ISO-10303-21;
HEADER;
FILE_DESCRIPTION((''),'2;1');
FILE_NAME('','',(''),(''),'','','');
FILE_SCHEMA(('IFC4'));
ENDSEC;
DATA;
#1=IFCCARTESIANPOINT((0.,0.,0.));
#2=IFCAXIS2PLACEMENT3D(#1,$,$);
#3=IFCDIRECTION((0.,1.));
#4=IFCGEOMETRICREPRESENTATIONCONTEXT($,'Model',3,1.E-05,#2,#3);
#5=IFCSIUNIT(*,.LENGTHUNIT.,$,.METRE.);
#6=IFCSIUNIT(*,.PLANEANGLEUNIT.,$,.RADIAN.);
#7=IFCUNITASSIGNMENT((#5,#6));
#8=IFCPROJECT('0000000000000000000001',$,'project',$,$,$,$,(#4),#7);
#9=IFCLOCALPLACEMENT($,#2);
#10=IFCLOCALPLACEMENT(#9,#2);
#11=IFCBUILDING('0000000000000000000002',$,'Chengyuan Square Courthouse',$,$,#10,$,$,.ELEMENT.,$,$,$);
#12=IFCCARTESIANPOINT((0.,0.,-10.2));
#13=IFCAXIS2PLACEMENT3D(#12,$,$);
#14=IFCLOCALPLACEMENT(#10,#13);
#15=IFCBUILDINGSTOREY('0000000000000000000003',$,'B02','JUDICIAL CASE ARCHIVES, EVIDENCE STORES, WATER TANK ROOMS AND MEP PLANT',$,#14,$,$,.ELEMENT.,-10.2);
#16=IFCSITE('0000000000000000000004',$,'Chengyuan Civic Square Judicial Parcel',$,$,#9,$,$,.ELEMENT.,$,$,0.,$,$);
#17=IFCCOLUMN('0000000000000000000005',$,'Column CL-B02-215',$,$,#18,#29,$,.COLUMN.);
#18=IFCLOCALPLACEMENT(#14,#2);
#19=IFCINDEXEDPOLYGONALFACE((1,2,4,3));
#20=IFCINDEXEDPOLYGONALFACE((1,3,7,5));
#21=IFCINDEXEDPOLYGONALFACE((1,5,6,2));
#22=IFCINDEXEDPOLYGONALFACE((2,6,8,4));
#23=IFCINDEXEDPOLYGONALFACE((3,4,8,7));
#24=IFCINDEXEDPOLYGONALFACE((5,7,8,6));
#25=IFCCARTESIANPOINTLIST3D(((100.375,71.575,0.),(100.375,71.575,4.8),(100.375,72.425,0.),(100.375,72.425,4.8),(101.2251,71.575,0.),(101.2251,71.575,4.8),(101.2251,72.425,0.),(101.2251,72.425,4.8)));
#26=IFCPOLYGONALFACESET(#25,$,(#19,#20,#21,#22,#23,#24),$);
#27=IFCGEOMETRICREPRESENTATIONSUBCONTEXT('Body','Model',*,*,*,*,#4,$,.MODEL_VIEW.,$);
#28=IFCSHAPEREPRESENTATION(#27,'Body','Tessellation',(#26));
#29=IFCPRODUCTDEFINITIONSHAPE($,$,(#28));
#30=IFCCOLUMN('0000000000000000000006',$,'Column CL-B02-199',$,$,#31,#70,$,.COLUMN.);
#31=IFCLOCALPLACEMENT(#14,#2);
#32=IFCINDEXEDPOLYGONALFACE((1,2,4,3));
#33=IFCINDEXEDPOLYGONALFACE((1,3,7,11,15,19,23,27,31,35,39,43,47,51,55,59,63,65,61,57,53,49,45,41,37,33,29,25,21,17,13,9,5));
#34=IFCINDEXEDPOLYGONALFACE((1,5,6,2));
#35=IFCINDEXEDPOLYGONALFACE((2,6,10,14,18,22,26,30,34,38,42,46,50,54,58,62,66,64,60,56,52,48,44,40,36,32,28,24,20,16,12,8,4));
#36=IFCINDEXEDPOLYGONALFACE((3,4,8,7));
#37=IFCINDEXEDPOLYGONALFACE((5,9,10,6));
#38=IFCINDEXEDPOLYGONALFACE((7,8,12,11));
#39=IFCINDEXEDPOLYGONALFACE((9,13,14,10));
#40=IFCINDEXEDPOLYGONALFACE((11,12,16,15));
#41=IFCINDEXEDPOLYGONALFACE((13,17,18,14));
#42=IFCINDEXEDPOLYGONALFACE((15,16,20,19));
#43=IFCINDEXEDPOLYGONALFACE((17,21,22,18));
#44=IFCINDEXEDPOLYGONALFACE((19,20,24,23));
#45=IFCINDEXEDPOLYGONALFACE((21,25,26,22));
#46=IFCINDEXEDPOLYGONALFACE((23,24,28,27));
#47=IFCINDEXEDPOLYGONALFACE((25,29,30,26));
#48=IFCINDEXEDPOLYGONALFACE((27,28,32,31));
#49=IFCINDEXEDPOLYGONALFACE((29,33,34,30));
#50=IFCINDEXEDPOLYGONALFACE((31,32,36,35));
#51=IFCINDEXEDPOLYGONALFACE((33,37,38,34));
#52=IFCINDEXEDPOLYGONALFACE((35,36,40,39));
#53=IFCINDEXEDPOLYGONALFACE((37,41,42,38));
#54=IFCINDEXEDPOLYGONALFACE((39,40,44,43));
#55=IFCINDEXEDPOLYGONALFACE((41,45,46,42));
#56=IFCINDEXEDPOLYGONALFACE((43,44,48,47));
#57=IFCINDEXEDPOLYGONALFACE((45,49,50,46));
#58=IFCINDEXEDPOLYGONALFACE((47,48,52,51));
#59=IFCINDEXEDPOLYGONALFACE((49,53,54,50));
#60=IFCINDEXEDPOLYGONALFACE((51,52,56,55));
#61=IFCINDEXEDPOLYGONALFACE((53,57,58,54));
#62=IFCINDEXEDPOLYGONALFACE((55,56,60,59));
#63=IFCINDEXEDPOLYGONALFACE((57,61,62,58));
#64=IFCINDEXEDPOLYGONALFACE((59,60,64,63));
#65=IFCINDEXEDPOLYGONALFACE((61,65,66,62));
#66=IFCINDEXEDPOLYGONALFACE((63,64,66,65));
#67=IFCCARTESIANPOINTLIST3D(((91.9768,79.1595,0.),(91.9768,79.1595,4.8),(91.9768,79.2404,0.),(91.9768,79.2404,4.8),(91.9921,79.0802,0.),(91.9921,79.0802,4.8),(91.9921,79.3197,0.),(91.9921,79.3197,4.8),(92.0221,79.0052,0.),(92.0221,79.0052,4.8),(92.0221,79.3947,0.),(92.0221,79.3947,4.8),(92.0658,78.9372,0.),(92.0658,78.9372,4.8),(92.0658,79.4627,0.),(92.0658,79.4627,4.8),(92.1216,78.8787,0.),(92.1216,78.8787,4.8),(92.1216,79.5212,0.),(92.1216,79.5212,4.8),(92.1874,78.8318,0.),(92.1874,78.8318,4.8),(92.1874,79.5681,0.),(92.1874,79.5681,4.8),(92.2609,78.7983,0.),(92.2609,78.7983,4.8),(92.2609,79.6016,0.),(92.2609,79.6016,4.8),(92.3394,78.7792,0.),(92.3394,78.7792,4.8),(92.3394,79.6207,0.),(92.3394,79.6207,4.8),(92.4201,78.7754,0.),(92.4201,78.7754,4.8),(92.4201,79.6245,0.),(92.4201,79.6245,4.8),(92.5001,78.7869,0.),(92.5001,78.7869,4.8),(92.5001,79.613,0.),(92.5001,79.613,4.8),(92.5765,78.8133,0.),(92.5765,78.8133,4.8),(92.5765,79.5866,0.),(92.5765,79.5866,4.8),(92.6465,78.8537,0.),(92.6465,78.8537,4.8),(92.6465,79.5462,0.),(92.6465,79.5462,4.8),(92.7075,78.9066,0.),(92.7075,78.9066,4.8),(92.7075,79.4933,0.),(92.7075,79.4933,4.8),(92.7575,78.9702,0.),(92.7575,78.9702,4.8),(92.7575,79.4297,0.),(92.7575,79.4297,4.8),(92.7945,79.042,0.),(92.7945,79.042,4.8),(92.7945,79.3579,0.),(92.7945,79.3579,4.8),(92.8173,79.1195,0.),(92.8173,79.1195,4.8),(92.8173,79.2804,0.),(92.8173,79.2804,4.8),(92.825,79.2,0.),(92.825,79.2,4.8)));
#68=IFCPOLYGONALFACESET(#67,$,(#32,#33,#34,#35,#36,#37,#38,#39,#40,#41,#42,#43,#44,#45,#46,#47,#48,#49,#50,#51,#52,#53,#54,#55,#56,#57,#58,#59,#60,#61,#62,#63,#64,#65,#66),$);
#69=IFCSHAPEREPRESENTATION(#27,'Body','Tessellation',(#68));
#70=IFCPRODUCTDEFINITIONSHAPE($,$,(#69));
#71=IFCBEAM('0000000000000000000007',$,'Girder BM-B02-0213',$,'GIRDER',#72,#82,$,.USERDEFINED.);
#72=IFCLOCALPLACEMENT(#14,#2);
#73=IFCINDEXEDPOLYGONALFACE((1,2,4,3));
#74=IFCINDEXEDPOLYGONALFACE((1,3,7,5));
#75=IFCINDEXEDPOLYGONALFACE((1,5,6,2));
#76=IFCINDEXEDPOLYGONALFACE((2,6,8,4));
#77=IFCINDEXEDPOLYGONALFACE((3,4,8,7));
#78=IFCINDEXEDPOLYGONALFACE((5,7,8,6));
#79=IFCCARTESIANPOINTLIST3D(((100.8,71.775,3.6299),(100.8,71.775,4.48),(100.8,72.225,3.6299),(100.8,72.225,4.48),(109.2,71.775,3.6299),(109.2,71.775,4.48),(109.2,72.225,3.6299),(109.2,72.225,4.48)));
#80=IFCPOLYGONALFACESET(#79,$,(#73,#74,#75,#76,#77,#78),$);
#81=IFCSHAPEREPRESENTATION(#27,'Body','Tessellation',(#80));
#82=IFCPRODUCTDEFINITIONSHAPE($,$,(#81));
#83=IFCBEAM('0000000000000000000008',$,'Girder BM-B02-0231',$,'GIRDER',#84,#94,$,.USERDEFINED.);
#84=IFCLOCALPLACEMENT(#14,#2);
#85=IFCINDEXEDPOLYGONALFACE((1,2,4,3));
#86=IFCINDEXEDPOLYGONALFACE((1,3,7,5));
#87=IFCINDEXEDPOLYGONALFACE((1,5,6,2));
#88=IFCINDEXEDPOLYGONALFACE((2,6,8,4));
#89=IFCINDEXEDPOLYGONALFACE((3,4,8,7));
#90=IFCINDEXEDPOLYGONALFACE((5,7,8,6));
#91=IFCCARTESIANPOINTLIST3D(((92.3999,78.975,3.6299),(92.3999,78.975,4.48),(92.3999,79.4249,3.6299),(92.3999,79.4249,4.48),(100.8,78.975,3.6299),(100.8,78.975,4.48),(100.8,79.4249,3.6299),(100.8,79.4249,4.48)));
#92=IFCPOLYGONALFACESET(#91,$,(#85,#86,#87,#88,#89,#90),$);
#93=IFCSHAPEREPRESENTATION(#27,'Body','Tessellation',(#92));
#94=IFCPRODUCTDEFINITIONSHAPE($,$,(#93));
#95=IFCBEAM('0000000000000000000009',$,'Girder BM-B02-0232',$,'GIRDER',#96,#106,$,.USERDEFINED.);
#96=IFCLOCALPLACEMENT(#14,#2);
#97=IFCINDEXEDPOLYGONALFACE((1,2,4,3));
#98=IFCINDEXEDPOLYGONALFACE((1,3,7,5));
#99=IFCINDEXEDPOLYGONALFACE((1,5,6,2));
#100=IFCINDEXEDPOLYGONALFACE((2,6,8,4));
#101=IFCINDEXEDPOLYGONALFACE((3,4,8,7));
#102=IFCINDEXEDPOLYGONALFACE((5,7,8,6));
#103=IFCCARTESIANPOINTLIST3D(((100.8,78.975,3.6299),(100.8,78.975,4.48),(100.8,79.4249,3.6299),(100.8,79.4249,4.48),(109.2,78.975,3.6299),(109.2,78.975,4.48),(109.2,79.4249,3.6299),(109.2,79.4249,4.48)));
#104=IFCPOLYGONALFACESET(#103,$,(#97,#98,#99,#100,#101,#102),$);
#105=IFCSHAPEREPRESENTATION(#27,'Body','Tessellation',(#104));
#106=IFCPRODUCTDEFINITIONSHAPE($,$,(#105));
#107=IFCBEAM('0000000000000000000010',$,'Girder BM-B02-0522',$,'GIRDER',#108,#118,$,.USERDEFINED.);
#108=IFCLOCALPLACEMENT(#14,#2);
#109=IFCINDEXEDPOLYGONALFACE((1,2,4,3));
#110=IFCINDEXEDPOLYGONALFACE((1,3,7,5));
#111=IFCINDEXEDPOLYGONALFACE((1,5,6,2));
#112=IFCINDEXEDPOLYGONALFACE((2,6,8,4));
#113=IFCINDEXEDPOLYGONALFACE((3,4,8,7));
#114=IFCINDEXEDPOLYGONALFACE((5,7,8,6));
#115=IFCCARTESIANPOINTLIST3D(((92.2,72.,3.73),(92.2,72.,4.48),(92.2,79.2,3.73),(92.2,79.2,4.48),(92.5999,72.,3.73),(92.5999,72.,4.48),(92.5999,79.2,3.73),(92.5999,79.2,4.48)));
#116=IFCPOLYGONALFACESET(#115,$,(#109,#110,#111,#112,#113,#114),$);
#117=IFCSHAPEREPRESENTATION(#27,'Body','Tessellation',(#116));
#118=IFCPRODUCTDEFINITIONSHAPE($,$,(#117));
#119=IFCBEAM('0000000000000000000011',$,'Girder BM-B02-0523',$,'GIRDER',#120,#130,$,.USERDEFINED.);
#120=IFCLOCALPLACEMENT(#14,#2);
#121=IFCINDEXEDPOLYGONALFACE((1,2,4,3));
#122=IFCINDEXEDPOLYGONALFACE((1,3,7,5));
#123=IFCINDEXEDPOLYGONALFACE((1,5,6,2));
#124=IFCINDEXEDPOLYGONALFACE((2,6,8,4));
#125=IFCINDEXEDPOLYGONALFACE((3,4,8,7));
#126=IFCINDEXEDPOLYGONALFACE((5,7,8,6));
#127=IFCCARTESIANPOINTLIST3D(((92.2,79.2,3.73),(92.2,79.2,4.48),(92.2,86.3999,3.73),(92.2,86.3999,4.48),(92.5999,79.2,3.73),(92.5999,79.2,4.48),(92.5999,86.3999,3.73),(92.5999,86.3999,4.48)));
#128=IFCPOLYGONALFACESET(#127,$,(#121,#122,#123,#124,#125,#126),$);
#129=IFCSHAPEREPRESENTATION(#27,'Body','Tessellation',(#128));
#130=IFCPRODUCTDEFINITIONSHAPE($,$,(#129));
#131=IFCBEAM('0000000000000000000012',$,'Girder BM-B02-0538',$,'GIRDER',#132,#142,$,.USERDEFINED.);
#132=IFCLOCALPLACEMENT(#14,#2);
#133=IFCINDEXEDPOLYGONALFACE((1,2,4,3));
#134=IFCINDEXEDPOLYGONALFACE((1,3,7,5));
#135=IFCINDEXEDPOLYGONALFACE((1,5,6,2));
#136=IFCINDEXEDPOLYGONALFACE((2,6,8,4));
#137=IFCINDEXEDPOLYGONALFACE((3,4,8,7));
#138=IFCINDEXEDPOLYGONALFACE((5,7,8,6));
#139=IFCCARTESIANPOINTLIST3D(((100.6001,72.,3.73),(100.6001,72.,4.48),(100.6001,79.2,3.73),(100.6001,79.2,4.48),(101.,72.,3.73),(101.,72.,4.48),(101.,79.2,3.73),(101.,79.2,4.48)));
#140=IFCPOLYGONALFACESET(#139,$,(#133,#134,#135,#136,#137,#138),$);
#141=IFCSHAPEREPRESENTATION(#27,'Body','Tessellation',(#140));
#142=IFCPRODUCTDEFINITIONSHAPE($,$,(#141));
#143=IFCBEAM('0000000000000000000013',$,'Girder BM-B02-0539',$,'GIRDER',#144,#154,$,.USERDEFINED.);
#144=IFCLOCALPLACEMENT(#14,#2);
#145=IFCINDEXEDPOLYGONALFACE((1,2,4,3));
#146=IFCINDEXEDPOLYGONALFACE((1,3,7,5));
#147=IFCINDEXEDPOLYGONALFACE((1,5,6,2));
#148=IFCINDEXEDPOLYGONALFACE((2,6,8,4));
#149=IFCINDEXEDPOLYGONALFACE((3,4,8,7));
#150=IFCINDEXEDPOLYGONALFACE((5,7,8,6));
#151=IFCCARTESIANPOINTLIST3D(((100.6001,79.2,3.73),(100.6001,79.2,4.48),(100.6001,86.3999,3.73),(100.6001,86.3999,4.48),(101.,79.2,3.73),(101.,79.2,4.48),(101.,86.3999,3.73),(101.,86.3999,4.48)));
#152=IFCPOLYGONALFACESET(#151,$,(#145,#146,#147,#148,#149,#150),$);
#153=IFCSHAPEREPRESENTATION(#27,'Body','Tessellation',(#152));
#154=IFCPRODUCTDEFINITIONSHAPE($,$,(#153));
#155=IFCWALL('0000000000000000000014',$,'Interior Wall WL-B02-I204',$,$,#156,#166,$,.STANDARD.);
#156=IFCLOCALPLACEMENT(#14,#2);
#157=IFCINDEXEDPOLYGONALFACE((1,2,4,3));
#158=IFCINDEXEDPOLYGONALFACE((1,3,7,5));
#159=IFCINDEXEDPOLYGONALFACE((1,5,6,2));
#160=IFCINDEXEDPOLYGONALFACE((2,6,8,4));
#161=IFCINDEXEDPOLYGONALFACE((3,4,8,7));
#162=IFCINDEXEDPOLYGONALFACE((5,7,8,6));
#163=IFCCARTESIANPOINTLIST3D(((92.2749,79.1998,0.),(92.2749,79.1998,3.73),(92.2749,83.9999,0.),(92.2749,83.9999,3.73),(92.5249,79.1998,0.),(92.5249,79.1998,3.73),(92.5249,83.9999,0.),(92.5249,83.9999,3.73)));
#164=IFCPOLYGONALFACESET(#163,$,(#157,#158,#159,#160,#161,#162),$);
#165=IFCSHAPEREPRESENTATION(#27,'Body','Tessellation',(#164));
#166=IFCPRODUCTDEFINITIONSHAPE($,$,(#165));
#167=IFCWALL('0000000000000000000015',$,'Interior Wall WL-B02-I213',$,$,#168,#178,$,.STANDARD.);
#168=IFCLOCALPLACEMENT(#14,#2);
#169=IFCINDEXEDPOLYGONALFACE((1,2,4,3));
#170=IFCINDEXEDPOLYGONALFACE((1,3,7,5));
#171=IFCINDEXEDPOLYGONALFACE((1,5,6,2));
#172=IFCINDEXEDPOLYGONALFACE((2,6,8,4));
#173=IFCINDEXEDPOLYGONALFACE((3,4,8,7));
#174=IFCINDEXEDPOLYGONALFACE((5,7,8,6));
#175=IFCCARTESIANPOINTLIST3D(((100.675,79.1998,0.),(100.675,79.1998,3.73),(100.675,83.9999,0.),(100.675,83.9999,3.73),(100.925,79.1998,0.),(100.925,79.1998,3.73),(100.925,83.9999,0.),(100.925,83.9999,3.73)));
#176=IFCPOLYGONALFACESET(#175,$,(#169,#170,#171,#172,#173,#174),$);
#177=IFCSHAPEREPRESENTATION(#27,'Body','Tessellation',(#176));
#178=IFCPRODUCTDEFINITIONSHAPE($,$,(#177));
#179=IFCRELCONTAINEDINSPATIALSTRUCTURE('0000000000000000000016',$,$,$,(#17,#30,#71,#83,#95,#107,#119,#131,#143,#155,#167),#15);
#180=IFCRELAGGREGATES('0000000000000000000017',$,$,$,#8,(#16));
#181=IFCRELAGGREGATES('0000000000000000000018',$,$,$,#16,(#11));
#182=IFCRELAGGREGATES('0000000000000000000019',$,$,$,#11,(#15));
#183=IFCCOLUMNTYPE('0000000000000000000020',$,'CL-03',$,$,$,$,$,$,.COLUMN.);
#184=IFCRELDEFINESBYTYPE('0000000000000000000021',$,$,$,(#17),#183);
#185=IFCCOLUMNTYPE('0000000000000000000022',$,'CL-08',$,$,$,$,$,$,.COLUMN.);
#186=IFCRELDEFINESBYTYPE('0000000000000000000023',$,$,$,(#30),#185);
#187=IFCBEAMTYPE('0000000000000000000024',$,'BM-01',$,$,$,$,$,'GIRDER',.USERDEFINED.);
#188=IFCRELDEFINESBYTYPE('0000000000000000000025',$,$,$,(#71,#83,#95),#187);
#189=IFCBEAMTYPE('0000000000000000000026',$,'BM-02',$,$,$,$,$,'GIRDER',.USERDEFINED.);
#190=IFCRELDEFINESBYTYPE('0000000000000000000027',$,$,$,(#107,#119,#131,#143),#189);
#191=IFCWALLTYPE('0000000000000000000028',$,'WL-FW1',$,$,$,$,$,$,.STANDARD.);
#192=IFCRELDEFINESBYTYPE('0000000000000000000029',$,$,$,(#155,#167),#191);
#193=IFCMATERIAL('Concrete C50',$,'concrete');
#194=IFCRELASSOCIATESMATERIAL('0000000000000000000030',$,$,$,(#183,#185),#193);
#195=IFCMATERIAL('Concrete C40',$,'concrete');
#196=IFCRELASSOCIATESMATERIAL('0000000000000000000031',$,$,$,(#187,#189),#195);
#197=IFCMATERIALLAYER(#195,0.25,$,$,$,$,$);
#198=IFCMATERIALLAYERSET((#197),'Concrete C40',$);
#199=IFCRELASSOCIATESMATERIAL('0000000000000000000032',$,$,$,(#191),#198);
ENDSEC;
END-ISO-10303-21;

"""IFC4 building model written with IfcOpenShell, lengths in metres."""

from ifc_helpers import new_model, si_unit, direction, frame, frame_2d, origin, origin_2d, place, context, subcontext, project, spatial, rectangle, circle, extrude, material, layer, layer_set, material_profile, profile_set, type_object, element, save


model = new_model("IFC4")

# Units and contexts
model_context = context("Model", 3, precision=1e-05, world=origin(), true_north=direction((0.0, 1.0)))
body_context = subcontext(model_context, "Body", "Model", "MODEL_VIEW")
ifc_project = project(units=[si_unit("LENGTHUNIT", "METRE"), si_unit("PLANEANGLEUNIT", "RADIAN")], contexts=[model_context])

# Site, building, storey
site_placement = place(None, origin())
site = spatial("IfcSite", under=ifc_project, at=site_placement, Name="Chengyuan Civic Square Judicial Parcel", CompositionType="ELEMENT", RefElevation=0.0)
building_placement = place(site_placement, origin())
building = spatial("IfcBuilding", under=site, at=building_placement, Name="Chengyuan Square Courthouse", CompositionType="ELEMENT")
storey_placement = place(building_placement, frame((0.0, 0.0, -10.2)))
storey = spatial("IfcBuildingStorey", under=building, at=storey_placement, Name="B02", Description="JUDICIAL CASE ARCHIVES, EVIDENCE STORES, WATER TANK ROOMS AND MEP PLANT", CompositionType="ELEMENT", Elevation=-10.2)

# Shared definitions
ifc_material_1 = material(Name="Concrete C40", Category="concrete")

# Columns
ifc_material_2 = material(Name="Concrete C50", Category="concrete")
ifc_material_profile_1 = material_profile(ifc_material_2, rectangle(XDim=0.8501, YDim=0.8501, at=origin_2d()), Name="RC-COL-850x850")
ifc_profile_set_1 = profile_set([ifc_material_profile_1], Name="Concrete C50")
column_type_1 = type_object("IfcColumnType", Name="CL-03", PredefinedType="COLUMN", material=ifc_profile_set_1)
column_1_placement = place(storey_placement, frame((100.8, 72.0, 0.0), z_axis=(0.0, 0.0, 1.0), x_axis=(1.0, 0.0, 0.0)))
element("IfcColumn", 1, at=column_1_placement, inside=storey, type_object=column_type_1, Name="Column CL-B02-215", PredefinedType="COLUMN", context=body_context, shape_type="SweptSolid", body=[
    extrude(rectangle(XDim=0.8501, YDim=0.8501, at=origin_2d()), origin(), (0.0, 0.0, 1.0), 4.8),
])
ifc_material_profile_2 = material_profile(ifc_material_2, circle(Radius=0.425, at=origin_2d()), Name="RC-COL-D850")
ifc_profile_set_2 = profile_set([ifc_material_profile_2], Name="Concrete C50")
column_type_2 = type_object("IfcColumnType", Name="CL-08", PredefinedType="COLUMN", material=ifc_profile_set_2)
column_2_placement = place(storey_placement, frame((92.3999, 79.2, 0.0), z_axis=(0.0, 0.0, 1.0), x_axis=(1.0, 0.0, 0.0)))
element("IfcColumn", 2, at=column_2_placement, inside=storey, type_object=column_type_2, Name="Column CL-B02-199", PredefinedType="COLUMN", context=body_context, shape_type="SweptSolid", body=[
    extrude(circle(Radius=0.425, at=origin_2d()), origin(), (0.0, 0.0, 1.0), 4.8),
])

# Beams
ifc_material_profile_3 = material_profile(ifc_material_1, rectangle(XDim=0.45, YDim=0.8501, at=origin_2d()), Name="RC-BM-450x850")
ifc_profile_set_3 = profile_set([ifc_material_profile_3], Name="Concrete C40")
beam_type_1 = type_object("IfcBeamType", Name="BM-01", ElementType="GIRDER", PredefinedType="USERDEFINED", material=ifc_profile_set_3)
beam_1_placement = place(storey_placement, frame((100.8, 72.0, 4.0549), z_axis=(1.0, 0.0, 0.0), x_axis=(0.0, 1.0, 0.0)))
element("IfcBeam", 3, at=beam_1_placement, inside=storey, type_object=beam_type_1, Name="Girder BM-B02-0213", ObjectType="GIRDER", PredefinedType="USERDEFINED", context=body_context, shape_type="SweptSolid", body=[
    extrude(rectangle(XDim=0.45, YDim=0.8501, at=origin_2d()), origin(), (0.0, 0.0, 1.0), 8.3999),
])
beam_2_placement = place(storey_placement, frame((92.3999, 79.2, 4.0549), z_axis=(1.0, 0.0, 0.0), x_axis=(0.0, 1.0, 0.0)))
element("IfcBeam", 4, at=beam_2_placement, inside=storey, type_object=beam_type_1, Name="Girder BM-B02-0231", ObjectType="GIRDER", PredefinedType="USERDEFINED", context=body_context, shape_type="SweptSolid", body=[
    extrude(rectangle(XDim=0.45, YDim=0.8501, at=origin_2d()), origin(), (0.0, 0.0, 1.0), 8.4001),
])
beam_3_placement = place(storey_placement, frame((100.8, 79.2, 4.0549), z_axis=(1.0, 0.0, 0.0), x_axis=(0.0, 1.0, 0.0)))
element("IfcBeam", 5, at=beam_3_placement, inside=storey, type_object=beam_type_1, Name="Girder BM-B02-0232", ObjectType="GIRDER", PredefinedType="USERDEFINED", context=body_context, shape_type="SweptSolid", body=[
    extrude(rectangle(XDim=0.45, YDim=0.8501, at=origin_2d()), origin(), (0.0, 0.0, 1.0), 8.3999),
])
ifc_material_profile_4 = material_profile(ifc_material_1, rectangle(XDim=0.3999, YDim=0.75, at=origin_2d()), Name="RC-BM-400x750")
ifc_profile_set_4 = profile_set([ifc_material_profile_4], Name="Concrete C40")
beam_type_2 = type_object("IfcBeamType", Name="BM-02", ElementType="GIRDER", PredefinedType="USERDEFINED", material=ifc_profile_set_4)
for number, where, z_axis, x_axis, name in (
    (6, (92.3999, 72.0, 4.105), (0.0, 1.0, 0.0), (-1.0, 0.0, 0.0), "Girder BM-B02-0522"),
    (7, (92.3999, 79.2, 4.105), (0.0, 1.0, 0.0), (-1.0, 0.0, 0.0), "Girder BM-B02-0523"),
    (8, (100.8, 72.0, 4.105), (0.0, 1.0, 0.0), (-1.0, 0.0, 0.0), "Girder BM-B02-0538"),
    (9, (100.8, 79.2, 4.105), (0.0, 1.0, 0.0), (-1.0, 0.0, 0.0), "Girder BM-B02-0539"),
):
    element("IfcBeam", number, at=place(storey_placement, frame(where, z_axis=z_axis, x_axis=x_axis)), inside=storey, type_object=beam_type_2, Name=name, ObjectType="GIRDER", PredefinedType="USERDEFINED", context=body_context, shape_type="SweptSolid", body=[
        extrude(rectangle(XDim=0.3999, YDim=0.75, at=origin_2d()), origin(), (0.0, 0.0, 1.0), 7.2),
    ])

# Walls
ifc_layer = layer(ifc_material_1, 0.25)
ifc_layer_set = layer_set([ifc_layer], Name="Concrete C40")
wall_type = type_object("IfcWallType", Name="WL-FW1", PredefinedType="STANDARD", material=ifc_layer_set)
for number, where, z_axis, x_axis, name in (
    (10, (92.3999, 79.2, 0.0), (0.0, 0.0, 1.0), (0.0, 1.0, 0.0), "Interior Wall WL-B02-I204"),
    (11, (100.8, 79.2, 0.0), (0.0, 0.0, 1.0), (0.0, 1.0, 0.0), "Interior Wall WL-B02-I213"),
):
    element("IfcWall", number, at=place(storey_placement, frame(where, z_axis=z_axis, x_axis=x_axis)), inside=storey, type_object=wall_type, Name=name, PredefinedType="STANDARD", context=body_context, shape_type="SweptSolid", body=[
        extrude(rectangle(XDim=4.8, YDim=0.25, at=frame_2d((2.3999, 0.0))), origin(), (0.0, 0.0, 1.0), 3.73),
    ])

save(model, "model.ifc")
